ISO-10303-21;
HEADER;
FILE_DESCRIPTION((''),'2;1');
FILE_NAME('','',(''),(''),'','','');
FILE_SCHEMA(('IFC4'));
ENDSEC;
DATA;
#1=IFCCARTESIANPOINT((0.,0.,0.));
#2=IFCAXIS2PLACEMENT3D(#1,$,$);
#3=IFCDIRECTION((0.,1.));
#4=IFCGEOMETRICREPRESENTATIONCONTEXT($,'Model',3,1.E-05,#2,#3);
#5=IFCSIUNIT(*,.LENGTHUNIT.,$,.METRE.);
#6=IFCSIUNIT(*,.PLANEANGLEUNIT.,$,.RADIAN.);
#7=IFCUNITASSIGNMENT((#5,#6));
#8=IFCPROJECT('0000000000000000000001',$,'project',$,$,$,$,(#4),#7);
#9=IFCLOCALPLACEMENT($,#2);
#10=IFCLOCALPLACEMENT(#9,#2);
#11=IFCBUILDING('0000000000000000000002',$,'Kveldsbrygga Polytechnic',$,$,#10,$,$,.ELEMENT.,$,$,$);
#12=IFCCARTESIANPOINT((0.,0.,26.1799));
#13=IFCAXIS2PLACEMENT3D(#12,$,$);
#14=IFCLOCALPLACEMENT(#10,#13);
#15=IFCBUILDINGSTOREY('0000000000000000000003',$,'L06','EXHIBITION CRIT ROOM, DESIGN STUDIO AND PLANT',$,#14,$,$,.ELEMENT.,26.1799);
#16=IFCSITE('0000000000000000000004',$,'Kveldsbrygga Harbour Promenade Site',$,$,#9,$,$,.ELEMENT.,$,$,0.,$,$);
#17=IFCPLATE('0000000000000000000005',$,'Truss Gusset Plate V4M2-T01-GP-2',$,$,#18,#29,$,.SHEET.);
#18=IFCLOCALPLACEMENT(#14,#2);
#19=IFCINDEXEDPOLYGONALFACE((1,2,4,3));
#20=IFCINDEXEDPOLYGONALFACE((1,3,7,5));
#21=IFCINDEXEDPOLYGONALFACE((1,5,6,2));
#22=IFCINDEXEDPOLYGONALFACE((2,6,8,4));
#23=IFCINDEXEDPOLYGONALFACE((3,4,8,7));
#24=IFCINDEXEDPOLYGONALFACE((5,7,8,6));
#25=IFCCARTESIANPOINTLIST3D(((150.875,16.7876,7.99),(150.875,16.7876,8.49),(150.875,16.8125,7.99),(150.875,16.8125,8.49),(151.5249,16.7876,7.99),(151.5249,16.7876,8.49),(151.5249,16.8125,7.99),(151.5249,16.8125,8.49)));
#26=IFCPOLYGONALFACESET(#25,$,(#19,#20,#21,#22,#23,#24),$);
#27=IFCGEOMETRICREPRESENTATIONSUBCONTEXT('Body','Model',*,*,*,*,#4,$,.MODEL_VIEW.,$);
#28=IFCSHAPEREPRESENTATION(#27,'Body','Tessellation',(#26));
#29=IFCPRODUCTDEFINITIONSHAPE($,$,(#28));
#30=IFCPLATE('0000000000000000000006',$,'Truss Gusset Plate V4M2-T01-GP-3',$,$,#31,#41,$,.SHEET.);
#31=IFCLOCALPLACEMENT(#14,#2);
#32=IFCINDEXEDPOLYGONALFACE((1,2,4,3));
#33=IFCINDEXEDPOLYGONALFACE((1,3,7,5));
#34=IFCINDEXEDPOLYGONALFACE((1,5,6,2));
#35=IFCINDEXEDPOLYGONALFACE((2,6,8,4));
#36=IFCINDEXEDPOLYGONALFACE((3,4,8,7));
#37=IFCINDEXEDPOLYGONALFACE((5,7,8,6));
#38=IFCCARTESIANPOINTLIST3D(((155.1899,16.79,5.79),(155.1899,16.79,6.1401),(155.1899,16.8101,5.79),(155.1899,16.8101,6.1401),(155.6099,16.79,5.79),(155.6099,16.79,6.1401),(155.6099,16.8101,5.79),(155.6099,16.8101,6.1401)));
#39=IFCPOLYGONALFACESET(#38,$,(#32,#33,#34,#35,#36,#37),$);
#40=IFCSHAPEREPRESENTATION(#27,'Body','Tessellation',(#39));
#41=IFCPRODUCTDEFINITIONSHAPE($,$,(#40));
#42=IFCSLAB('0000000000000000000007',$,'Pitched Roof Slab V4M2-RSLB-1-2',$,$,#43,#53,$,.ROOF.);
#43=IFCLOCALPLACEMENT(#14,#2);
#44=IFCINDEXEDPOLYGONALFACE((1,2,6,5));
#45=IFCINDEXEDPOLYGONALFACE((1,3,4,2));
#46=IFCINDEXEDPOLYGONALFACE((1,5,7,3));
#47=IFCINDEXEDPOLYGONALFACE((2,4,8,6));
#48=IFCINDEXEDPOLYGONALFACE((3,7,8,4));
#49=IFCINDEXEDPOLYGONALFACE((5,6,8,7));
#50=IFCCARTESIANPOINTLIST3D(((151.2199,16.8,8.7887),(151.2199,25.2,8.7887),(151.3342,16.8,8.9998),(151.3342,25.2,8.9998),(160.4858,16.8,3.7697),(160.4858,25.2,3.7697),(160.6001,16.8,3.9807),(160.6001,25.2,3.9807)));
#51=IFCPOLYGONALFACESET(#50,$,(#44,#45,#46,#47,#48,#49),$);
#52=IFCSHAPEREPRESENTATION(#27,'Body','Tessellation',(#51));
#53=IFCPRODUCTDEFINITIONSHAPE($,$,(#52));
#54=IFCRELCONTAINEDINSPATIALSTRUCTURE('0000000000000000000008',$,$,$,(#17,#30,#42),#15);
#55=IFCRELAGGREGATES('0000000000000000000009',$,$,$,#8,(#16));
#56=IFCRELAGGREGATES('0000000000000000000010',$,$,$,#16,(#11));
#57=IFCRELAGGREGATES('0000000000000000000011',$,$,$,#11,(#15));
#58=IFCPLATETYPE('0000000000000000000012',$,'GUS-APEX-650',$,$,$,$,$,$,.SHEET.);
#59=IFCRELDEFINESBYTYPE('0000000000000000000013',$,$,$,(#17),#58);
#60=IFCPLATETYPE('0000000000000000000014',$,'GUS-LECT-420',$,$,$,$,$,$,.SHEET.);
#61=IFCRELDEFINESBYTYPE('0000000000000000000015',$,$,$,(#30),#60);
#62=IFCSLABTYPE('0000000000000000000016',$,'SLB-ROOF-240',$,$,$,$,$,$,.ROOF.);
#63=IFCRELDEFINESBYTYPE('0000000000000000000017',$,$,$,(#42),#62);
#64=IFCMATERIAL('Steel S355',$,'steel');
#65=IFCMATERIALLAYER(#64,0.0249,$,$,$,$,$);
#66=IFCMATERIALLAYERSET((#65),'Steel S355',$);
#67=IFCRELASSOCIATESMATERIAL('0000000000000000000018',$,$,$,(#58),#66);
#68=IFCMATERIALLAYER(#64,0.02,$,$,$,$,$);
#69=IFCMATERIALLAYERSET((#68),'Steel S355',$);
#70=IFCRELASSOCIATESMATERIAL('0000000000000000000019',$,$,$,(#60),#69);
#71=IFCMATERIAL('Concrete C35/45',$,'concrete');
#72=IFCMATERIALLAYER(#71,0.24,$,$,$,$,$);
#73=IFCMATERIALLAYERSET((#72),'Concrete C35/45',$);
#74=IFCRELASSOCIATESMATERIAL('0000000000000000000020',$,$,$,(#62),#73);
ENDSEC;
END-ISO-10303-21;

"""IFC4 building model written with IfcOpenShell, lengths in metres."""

from ifc_helpers import new_model, si_unit, direction, frame, origin, origin_2d, place, context, subcontext, project, spatial, polyline, rectangle, outline, extrude, material, layer, layer_set, type_object, element, save


model = new_model("IFC4")

# Units and contexts
model_context = context("Model", 3, precision=1e-05, world=origin(), true_north=direction((0.0, 1.0)))
body_context = subcontext(model_context, "Body", "Model", "MODEL_VIEW")
ifc_project = project(units=[si_unit("LENGTHUNIT", "METRE"), si_unit("PLANEANGLEUNIT", "RADIAN")], contexts=[model_context])

# Site, building, storey
site_placement = place(None, origin())
site = spatial("IfcSite", under=ifc_project, at=site_placement, Name="Kveldsbrygga Harbour Promenade Site", CompositionType="ELEMENT", RefElevation=0.0)
building_placement = place(site_placement, origin())
building = spatial("IfcBuilding", under=site, at=building_placement, Name="Kveldsbrygga Polytechnic", CompositionType="ELEMENT")
storey_placement = place(building_placement, frame((0.0, 0.0, 26.1799)))
storey = spatial("IfcBuildingStorey", under=building, at=storey_placement, Name="L06", Description="EXHIBITION CRIT ROOM, DESIGN STUDIO AND PLANT", CompositionType="ELEMENT", Elevation=26.1799)

# Shared definitions
ifc_material_1 = material(Name="Steel S355", Category="steel")

# Plates
ifc_layer_1 = layer(ifc_material_1, 0.0249)
ifc_layer_set_1 = layer_set([ifc_layer_1], Name="Steel S355")
plate_type_1 = type_object("IfcPlateType", Name="GUS-APEX-650", PredefinedType="SHEET", material=ifc_layer_set_1)
plate_1_placement = place(storey_placement, frame((151.2, 16.8, 7.99), z_axis=(0.0, 0.0, 1.0), x_axis=(1.0, 0.0, 0.0)))
element("IfcPlate", 1, at=plate_1_placement, inside=storey, type_object=plate_type_1, Name="Truss Gusset Plate V4M2-T01-GP-2", PredefinedType="SHEET", context=body_context, shape_type="SweptSolid", body=[
    extrude(rectangle(XDim=0.6499, YDim=0.0249, at=origin_2d()), origin(), (0.0, 0.0, 1.0), 0.5),
])
ifc_layer_2 = layer(ifc_material_1, 0.02)
ifc_layer_set_2 = layer_set([ifc_layer_2], Name="Steel S355")
plate_type_2 = type_object("IfcPlateType", Name="GUS-LECT-420", PredefinedType="SHEET", material=ifc_layer_set_2)
plate_2_placement = place(storey_placement, frame((155.3999, 16.8, 5.79), z_axis=(0.0, 0.0, 1.0), x_axis=(1.0, 0.0, 0.0)))
element("IfcPlate", 2, at=plate_2_placement, inside=storey, type_object=plate_type_2, Name="Truss Gusset Plate V4M2-T01-GP-3", PredefinedType="SHEET", context=body_context, shape_type="SweptSolid", body=[
    extrude(rectangle(XDim=0.4199, YDim=0.02, at=origin_2d()), origin(), (0.0, 0.0, 1.0), 0.3501),
])

# Slab
ifc_material_2 = material(Name="Concrete C35/45", Category="concrete")
ifc_layer_3 = layer(ifc_material_2, 0.24)
ifc_layer_set_3 = layer_set([ifc_layer_3], Name="Concrete C35/45")
slab_type = type_object("IfcSlabType", Name="SLB-ROOF-240", PredefinedType="ROOF", material=ifc_layer_set_3)
slab_placement = place(storey_placement, frame((151.3342, 16.8, 8.9998), z_axis=(0.476285, 0.0, 0.879291), x_axis=(0.879291, 0.0, -0.476285)))
element("IfcSlab", 3, at=slab_placement, inside=storey, type_object=slab_type, Name="Pitched Roof Slab V4M2-RSLB-1-2", PredefinedType="ROOF", context=body_context, shape_type="SweptSolid", body=[
    extrude(outline(polyline([(0.0, 0.0), (10.5379, 0.0), (10.5379, 8.3999), (0.0, 8.3999), (0.0, 0.0)])), origin(), (0.0, 0.0, -1.0), 0.24),
])

save(model, "model.ifc")
